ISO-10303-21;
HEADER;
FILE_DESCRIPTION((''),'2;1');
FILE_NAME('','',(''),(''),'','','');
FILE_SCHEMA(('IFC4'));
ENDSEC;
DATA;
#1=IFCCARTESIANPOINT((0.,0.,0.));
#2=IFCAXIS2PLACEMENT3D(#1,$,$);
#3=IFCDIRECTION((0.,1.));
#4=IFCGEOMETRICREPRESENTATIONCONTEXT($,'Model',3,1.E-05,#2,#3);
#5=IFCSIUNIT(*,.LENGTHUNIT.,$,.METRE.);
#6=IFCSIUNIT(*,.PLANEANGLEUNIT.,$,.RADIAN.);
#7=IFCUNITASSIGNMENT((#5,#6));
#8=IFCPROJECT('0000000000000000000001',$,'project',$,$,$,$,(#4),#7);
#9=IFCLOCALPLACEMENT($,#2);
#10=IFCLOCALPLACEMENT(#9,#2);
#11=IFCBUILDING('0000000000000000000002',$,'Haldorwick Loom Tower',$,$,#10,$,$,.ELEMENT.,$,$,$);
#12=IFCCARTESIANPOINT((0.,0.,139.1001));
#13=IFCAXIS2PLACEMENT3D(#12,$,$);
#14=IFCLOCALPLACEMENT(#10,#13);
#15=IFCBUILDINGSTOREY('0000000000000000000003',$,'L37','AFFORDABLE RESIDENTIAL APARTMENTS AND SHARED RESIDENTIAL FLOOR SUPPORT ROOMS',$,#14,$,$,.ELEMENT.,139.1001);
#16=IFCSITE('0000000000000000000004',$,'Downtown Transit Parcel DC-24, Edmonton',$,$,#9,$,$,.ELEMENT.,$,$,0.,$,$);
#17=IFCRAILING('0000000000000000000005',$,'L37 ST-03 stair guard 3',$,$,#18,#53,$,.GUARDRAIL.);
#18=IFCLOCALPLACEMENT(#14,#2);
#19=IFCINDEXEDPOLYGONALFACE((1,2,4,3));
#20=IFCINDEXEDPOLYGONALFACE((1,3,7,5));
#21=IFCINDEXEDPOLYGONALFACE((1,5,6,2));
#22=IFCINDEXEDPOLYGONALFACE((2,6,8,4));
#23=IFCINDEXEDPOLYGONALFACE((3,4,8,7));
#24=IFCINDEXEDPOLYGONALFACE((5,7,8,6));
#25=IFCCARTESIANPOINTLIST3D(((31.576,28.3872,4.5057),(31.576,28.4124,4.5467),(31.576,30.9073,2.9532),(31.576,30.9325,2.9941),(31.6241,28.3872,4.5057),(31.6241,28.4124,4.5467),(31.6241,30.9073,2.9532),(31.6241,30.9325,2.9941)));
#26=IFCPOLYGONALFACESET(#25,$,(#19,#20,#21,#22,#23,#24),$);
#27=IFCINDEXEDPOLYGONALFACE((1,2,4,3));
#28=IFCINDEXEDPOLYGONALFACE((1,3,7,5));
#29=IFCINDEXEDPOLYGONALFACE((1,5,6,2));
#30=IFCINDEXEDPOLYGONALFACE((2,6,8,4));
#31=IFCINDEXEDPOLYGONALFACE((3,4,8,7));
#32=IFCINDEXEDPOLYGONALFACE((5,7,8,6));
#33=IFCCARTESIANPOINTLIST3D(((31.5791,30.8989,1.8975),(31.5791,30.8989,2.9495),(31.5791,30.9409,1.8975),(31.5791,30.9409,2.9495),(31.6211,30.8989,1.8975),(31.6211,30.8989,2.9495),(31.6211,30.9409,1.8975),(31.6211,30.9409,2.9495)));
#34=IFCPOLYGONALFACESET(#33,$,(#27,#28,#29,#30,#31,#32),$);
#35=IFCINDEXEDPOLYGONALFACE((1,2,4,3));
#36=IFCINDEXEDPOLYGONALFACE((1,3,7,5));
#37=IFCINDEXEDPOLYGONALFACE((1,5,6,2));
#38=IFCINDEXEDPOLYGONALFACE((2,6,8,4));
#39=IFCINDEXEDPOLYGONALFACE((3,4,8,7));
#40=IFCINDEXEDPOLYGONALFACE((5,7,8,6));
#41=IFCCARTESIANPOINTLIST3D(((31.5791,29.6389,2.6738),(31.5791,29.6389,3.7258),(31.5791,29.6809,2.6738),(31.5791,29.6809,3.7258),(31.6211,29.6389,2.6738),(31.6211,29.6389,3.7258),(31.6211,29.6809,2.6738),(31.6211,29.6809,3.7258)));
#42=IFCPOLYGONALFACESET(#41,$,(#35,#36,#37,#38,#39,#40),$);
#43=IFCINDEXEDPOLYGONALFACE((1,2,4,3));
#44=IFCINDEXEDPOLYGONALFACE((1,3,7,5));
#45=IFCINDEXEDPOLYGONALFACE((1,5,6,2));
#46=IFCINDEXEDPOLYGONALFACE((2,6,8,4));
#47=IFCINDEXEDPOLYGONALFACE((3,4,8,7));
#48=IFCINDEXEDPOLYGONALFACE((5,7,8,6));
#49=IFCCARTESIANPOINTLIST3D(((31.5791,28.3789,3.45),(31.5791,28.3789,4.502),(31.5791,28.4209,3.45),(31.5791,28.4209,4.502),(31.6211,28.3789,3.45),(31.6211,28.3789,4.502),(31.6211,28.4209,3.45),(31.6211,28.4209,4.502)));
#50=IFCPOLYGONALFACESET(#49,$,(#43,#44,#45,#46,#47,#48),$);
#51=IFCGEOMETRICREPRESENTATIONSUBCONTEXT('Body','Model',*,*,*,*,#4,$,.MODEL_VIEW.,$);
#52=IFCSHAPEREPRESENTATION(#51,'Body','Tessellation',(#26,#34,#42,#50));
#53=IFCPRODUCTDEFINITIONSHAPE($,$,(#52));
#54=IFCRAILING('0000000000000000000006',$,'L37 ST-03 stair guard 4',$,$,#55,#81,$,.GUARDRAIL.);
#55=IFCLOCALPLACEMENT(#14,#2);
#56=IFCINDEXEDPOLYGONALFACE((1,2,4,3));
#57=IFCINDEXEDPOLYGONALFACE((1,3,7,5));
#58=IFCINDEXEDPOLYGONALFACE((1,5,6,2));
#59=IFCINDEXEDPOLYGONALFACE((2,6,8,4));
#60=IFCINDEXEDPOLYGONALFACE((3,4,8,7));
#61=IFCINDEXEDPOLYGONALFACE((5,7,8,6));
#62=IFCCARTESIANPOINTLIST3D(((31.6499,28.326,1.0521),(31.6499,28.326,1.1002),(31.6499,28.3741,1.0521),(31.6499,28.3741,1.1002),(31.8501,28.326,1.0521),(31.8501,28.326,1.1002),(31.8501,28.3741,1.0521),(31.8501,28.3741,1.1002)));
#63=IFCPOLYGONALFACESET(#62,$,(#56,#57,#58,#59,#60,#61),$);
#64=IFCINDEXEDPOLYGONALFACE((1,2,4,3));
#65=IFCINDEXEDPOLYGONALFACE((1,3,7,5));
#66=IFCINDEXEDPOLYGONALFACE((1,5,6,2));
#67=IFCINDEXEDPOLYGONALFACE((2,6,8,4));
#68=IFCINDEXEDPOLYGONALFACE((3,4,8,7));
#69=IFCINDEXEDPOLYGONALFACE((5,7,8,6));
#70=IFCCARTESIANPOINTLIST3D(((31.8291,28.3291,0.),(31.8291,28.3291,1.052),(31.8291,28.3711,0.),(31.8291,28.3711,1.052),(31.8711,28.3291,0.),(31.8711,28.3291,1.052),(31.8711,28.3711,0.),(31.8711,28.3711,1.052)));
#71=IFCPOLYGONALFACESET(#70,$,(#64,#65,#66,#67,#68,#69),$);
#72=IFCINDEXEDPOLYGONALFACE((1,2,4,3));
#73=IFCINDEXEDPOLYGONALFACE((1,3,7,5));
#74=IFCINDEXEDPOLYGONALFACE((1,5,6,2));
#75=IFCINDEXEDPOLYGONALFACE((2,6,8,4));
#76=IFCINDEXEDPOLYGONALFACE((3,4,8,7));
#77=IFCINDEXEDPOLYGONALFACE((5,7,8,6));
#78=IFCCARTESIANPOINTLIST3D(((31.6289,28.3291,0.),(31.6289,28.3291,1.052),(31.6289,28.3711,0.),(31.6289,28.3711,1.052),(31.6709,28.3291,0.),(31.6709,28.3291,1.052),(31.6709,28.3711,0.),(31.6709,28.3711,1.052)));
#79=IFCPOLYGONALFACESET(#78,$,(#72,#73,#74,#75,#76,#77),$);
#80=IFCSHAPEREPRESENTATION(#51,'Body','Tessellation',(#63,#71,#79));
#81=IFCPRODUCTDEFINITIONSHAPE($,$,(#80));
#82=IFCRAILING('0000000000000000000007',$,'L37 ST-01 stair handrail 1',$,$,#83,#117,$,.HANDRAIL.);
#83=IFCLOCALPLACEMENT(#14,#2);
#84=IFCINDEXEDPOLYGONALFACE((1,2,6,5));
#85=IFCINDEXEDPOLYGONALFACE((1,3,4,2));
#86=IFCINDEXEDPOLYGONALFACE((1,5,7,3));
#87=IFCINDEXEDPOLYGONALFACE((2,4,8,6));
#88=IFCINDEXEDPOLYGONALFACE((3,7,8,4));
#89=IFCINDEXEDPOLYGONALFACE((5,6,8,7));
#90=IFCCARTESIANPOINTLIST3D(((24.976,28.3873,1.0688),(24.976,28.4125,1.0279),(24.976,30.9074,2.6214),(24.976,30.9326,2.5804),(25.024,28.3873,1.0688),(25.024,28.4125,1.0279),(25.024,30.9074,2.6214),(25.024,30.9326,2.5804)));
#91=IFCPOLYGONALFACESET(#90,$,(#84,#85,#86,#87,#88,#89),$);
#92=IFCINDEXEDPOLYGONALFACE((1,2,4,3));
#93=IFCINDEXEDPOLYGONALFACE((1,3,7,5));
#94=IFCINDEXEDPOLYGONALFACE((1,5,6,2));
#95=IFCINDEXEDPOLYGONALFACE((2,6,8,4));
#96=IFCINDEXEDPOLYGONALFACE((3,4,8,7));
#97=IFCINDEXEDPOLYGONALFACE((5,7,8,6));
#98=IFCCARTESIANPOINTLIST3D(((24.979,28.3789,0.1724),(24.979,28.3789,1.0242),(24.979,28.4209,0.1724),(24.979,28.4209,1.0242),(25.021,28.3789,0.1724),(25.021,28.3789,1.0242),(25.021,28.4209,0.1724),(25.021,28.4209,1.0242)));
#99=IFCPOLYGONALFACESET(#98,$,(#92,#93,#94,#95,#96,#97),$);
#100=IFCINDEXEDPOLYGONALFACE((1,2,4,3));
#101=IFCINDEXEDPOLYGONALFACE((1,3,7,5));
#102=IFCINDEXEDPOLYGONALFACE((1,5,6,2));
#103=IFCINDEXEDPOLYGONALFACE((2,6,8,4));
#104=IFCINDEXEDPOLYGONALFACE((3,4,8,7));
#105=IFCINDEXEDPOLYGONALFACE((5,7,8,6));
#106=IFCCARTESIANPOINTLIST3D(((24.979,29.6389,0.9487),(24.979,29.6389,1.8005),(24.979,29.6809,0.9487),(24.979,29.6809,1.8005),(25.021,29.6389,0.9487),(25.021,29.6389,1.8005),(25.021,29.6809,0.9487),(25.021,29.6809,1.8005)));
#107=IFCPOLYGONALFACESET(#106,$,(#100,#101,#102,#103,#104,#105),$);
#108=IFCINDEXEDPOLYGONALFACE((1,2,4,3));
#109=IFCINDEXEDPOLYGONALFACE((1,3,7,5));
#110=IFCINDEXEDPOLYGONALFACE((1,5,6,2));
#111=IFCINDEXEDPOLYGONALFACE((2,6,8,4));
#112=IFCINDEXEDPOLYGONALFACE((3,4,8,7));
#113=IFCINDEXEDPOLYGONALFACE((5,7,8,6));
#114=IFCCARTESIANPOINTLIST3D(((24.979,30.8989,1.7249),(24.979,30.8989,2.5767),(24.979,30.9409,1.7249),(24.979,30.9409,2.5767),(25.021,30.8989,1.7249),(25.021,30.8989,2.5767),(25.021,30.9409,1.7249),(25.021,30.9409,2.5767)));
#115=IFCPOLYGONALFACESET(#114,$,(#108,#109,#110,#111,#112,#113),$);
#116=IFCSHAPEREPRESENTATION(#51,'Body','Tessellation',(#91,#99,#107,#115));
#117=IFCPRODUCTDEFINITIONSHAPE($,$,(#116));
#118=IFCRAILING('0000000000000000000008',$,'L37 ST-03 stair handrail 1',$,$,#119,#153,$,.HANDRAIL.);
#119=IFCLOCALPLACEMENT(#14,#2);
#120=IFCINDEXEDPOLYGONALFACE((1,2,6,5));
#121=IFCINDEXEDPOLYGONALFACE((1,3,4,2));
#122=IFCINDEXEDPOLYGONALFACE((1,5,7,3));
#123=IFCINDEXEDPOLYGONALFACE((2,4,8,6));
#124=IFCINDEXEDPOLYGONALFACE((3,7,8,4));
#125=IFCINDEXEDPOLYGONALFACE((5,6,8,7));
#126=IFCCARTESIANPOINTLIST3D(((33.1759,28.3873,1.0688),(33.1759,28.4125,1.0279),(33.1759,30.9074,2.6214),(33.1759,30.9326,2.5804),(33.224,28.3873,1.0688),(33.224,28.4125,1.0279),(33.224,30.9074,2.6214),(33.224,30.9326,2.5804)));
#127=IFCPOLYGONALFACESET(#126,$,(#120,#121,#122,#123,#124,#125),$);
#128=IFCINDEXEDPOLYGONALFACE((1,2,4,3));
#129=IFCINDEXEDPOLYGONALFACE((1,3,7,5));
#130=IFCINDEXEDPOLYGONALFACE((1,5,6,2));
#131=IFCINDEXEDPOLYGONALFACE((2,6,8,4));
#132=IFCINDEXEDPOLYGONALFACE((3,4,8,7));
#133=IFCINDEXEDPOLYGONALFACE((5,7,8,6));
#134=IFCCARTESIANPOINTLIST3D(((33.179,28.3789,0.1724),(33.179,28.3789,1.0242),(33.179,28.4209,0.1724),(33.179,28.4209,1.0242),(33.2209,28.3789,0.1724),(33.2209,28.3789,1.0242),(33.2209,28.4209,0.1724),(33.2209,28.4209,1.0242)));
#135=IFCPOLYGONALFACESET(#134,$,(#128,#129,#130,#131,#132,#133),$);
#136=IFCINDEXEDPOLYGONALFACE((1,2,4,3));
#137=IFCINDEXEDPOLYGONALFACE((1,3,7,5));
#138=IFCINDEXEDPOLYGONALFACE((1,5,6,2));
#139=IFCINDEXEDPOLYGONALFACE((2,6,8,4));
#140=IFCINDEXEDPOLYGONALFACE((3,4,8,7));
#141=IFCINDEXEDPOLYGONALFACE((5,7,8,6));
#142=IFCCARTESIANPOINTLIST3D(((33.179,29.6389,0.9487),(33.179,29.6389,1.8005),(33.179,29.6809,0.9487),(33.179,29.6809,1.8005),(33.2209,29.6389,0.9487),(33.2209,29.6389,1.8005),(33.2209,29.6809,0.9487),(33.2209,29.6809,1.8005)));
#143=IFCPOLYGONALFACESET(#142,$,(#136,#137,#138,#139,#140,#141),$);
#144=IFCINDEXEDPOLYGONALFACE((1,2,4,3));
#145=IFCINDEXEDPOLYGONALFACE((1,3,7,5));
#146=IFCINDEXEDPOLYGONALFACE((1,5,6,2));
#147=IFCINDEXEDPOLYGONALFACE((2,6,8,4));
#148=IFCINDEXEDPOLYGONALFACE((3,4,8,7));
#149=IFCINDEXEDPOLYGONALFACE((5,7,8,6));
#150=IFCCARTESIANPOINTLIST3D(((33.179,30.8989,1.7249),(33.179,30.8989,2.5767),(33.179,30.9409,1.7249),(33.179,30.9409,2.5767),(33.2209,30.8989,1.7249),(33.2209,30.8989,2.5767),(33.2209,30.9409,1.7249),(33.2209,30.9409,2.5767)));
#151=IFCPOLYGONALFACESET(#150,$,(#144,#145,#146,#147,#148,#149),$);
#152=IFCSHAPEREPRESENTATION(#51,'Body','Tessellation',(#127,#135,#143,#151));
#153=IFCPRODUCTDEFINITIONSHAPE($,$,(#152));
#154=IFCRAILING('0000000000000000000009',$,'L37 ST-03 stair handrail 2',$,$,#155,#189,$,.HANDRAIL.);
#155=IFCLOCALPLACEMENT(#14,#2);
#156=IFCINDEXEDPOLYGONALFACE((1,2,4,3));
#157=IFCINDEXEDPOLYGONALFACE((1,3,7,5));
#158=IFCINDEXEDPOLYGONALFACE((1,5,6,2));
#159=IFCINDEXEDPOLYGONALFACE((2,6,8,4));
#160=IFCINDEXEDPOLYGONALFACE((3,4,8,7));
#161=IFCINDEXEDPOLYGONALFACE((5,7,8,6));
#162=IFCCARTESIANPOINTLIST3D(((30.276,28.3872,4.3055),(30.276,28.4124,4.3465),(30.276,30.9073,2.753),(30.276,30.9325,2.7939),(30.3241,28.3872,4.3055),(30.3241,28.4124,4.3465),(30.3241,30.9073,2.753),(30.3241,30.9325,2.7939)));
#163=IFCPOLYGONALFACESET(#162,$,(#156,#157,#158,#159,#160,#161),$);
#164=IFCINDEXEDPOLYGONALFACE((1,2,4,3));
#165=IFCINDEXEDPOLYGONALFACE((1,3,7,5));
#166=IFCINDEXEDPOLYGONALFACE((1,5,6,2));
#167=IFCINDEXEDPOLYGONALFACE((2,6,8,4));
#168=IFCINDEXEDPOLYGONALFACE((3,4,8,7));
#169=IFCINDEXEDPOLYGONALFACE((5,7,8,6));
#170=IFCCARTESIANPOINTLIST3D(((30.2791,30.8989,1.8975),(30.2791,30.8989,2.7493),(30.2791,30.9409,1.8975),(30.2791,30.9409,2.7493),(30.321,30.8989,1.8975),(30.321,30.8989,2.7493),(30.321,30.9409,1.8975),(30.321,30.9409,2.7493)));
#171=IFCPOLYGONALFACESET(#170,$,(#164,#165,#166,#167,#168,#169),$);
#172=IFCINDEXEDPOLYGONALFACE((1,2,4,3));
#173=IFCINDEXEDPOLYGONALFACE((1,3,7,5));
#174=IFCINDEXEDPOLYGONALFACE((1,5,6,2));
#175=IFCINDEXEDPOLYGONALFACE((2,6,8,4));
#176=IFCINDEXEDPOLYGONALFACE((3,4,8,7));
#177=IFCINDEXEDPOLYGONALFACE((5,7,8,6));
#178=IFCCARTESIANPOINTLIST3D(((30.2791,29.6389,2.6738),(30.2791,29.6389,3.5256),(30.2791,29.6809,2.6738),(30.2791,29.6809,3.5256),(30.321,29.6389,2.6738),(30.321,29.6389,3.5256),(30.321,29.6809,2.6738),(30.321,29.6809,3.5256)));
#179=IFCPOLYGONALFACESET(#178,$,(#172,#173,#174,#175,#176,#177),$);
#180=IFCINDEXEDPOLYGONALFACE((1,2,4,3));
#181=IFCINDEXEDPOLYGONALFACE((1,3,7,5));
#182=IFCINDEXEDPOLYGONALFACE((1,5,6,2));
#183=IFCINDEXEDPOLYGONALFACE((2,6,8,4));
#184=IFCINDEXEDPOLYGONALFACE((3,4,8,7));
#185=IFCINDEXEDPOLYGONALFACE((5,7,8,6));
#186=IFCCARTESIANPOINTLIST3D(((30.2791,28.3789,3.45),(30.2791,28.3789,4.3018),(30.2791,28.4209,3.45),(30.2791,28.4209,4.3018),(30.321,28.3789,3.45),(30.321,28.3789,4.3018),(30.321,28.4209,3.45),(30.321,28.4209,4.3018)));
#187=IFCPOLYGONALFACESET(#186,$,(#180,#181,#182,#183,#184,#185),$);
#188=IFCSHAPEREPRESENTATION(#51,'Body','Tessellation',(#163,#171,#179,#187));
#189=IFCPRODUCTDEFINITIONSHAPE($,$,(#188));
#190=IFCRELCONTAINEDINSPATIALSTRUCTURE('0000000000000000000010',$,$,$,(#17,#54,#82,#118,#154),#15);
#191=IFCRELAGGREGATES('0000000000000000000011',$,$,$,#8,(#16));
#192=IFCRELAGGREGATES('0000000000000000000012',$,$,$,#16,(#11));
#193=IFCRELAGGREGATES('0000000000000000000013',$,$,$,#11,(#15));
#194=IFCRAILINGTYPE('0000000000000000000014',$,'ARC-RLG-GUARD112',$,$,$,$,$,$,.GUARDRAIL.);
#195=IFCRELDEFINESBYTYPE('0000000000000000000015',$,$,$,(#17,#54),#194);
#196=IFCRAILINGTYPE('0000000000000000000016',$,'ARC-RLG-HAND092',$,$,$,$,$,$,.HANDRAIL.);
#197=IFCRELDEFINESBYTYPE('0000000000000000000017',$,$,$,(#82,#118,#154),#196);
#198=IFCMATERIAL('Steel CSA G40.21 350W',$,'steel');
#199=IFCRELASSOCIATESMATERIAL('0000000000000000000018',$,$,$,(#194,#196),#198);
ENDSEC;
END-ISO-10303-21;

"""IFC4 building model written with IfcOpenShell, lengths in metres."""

from ifc_helpers import new_model, si_unit, direction, frame, origin, origin_2d, place, context, subcontext, project, spatial, rectangle, extrude, material, type_object, element, save


model = new_model("IFC4")

# Units and contexts
model_context = context("Model", 3, precision=1e-05, world=origin(), true_north=direction((0.0, 1.0)))
body_context = subcontext(model_context, "Body", "Model", "MODEL_VIEW")
ifc_project = project(units=[si_unit("LENGTHUNIT", "METRE"), si_unit("PLANEANGLEUNIT", "RADIAN")], contexts=[model_context])

# Site, building, storey
site_placement = place(None, origin())
site = spatial("IfcSite", under=ifc_project, at=site_placement, Name="Downtown Transit Parcel DC-24, Edmonton", CompositionType="ELEMENT", RefElevation=0.0)
building_placement = place(site_placement, origin())
building = spatial("IfcBuilding", under=site, at=building_placement, Name="Haldorwick Loom Tower", CompositionType="ELEMENT")
storey_placement = place(building_placement, frame((0.0, 0.0, 139.1001)))
storey = spatial("IfcBuildingStorey", under=building, at=storey_placement, Name="L37", Description="AFFORDABLE RESIDENTIAL APARTMENTS AND SHARED RESIDENTIAL FLOOR SUPPORT ROOMS", CompositionType="ELEMENT", Elevation=139.1001)

# Shared definitions
ifc_material_1 = material(Name="Steel CSA G40.21 350W", Category="steel")

# Railings
railing_type_1 = type_object("IfcRailingType", Name="ARC-RLG-GUARD112", PredefinedType="GUARDRAIL", material=ifc_material_1)
railing_1_placement = place(storey_placement, frame((31.6001, 30.9199, 1.8975)))
element("IfcRailing", 1, at=railing_1_placement, inside=storey, type_object=railing_type_1, Name="L37 ST-03 stair guard 3", PredefinedType="GUARDRAIL", context=body_context, shape_type="SweptSolid", body=[
    extrude(rectangle(XDim=0.0481, YDim=0.0481, at=origin_2d()), frame((0.0, 0.0, 1.0762), z_axis=(0.0, -0.8514, 0.524516), x_axis=(1.0, 0.0, 0.0)), (0.0, 0.0, 1.0), 2.96),
    extrude(rectangle(XDim=0.042, YDim=0.042, at=origin_2d()), origin(), (0.0, 0.0, 1.0), 1.052),
    extrude(rectangle(XDim=0.042, YDim=0.042, at=origin_2d()), frame((0.0, -1.26, 0.7764)), (0.0, 0.0, 1.0), 1.052),
    extrude(rectangle(XDim=0.042, YDim=0.042, at=origin_2d()), frame((0.0, -2.52, 1.5525)), (0.0, 0.0, 1.0), 1.052),
])
railing_2_placement = place(storey_placement, frame((31.8501, 28.3501, 0.0)))
element("IfcRailing", 2, at=railing_2_placement, inside=storey, type_object=railing_type_1, Name="L37 ST-03 stair guard 4", PredefinedType="GUARDRAIL", context=body_context, shape_type="SweptSolid", body=[
    extrude(rectangle(XDim=0.0481, YDim=0.0481, at=origin_2d()), frame((0.0, 0.0, 1.0762), z_axis=(-1.0, 0.0, 0.0), x_axis=(0.0, -1.0, 0.0)), (0.0, 0.0, 1.0), 0.2002),
    extrude(rectangle(XDim=0.042, YDim=0.042, at=origin_2d()), origin(), (0.0, 0.0, 1.0), 1.052),
    extrude(rectangle(XDim=0.042, YDim=0.042, at=origin_2d()), frame((-0.2002, 0.0, 0.0)), (0.0, 0.0, 1.0), 1.052),
])
railing_type_2 = type_object("IfcRailingType", Name="ARC-RLG-HAND092", PredefinedType="HANDRAIL", material=ifc_material_1)
for number, where, name in (
    (3, (25.0, 28.3999, 0.1724), "L37 ST-01 stair handrail 1"),
    (4, (33.2, 28.3999, 0.1724), "L37 ST-03 stair handrail 1"),
):
    element("IfcRailing", number, at=place(storey_placement, frame(where)), inside=storey, type_object=railing_type_2, Name=name, PredefinedType="HANDRAIL", context=body_context, shape_type="SweptSolid", body=[
        extrude(rectangle(XDim=0.0481, YDim=0.0481, at=origin_2d()), frame((0.0, 0.0, 0.876), z_axis=(0.0, 0.8514, 0.524516), x_axis=(-1.0, 0.0, 0.0)), (0.0, 0.0, 1.0), 2.96),
        extrude(rectangle(XDim=0.042, YDim=0.042, at=origin_2d()), origin(), (0.0, 0.0, 1.0), 0.8518),
        extrude(rectangle(XDim=0.042, YDim=0.042, at=origin_2d()), frame((0.0, 1.26, 0.7764)), (0.0, 0.0, 1.0), 0.8518),
        extrude(rectangle(XDim=0.042, YDim=0.042, at=origin_2d()), frame((0.0, 2.52, 1.5525)), (0.0, 0.0, 1.0), 0.8518),
    ])
railing_3_placement = place(storey_placement, frame((30.3, 30.9199, 1.8975)))
element("IfcRailing", 5, at=railing_3_placement, inside=storey, type_object=railing_type_2, Name="L37 ST-03 stair handrail 2", PredefinedType="HANDRAIL", context=body_context, shape_type="SweptSolid", body=[
    extrude(rectangle(XDim=0.0481, YDim=0.0481, at=origin_2d()), frame((0.0, 0.0, 0.876), z_axis=(0.0, -0.8514, 0.524516), x_axis=(1.0, 0.0, 0.0)), (0.0, 0.0, 1.0), 2.96),
    extrude(rectangle(XDim=0.042, YDim=0.042, at=origin_2d()), origin(), (0.0, 0.0, 1.0), 0.8518),
    extrude(rectangle(XDim=0.042, YDim=0.042, at=origin_2d()), frame((0.0, -1.26, 0.7764)), (0.0, 0.0, 1.0), 0.8518),
    extrude(rectangle(XDim=0.042, YDim=0.042, at=origin_2d()), frame((0.0, -2.52, 1.5525)), (0.0, 0.0, 1.0), 0.8518),
])

save(model, "model.ifc")
